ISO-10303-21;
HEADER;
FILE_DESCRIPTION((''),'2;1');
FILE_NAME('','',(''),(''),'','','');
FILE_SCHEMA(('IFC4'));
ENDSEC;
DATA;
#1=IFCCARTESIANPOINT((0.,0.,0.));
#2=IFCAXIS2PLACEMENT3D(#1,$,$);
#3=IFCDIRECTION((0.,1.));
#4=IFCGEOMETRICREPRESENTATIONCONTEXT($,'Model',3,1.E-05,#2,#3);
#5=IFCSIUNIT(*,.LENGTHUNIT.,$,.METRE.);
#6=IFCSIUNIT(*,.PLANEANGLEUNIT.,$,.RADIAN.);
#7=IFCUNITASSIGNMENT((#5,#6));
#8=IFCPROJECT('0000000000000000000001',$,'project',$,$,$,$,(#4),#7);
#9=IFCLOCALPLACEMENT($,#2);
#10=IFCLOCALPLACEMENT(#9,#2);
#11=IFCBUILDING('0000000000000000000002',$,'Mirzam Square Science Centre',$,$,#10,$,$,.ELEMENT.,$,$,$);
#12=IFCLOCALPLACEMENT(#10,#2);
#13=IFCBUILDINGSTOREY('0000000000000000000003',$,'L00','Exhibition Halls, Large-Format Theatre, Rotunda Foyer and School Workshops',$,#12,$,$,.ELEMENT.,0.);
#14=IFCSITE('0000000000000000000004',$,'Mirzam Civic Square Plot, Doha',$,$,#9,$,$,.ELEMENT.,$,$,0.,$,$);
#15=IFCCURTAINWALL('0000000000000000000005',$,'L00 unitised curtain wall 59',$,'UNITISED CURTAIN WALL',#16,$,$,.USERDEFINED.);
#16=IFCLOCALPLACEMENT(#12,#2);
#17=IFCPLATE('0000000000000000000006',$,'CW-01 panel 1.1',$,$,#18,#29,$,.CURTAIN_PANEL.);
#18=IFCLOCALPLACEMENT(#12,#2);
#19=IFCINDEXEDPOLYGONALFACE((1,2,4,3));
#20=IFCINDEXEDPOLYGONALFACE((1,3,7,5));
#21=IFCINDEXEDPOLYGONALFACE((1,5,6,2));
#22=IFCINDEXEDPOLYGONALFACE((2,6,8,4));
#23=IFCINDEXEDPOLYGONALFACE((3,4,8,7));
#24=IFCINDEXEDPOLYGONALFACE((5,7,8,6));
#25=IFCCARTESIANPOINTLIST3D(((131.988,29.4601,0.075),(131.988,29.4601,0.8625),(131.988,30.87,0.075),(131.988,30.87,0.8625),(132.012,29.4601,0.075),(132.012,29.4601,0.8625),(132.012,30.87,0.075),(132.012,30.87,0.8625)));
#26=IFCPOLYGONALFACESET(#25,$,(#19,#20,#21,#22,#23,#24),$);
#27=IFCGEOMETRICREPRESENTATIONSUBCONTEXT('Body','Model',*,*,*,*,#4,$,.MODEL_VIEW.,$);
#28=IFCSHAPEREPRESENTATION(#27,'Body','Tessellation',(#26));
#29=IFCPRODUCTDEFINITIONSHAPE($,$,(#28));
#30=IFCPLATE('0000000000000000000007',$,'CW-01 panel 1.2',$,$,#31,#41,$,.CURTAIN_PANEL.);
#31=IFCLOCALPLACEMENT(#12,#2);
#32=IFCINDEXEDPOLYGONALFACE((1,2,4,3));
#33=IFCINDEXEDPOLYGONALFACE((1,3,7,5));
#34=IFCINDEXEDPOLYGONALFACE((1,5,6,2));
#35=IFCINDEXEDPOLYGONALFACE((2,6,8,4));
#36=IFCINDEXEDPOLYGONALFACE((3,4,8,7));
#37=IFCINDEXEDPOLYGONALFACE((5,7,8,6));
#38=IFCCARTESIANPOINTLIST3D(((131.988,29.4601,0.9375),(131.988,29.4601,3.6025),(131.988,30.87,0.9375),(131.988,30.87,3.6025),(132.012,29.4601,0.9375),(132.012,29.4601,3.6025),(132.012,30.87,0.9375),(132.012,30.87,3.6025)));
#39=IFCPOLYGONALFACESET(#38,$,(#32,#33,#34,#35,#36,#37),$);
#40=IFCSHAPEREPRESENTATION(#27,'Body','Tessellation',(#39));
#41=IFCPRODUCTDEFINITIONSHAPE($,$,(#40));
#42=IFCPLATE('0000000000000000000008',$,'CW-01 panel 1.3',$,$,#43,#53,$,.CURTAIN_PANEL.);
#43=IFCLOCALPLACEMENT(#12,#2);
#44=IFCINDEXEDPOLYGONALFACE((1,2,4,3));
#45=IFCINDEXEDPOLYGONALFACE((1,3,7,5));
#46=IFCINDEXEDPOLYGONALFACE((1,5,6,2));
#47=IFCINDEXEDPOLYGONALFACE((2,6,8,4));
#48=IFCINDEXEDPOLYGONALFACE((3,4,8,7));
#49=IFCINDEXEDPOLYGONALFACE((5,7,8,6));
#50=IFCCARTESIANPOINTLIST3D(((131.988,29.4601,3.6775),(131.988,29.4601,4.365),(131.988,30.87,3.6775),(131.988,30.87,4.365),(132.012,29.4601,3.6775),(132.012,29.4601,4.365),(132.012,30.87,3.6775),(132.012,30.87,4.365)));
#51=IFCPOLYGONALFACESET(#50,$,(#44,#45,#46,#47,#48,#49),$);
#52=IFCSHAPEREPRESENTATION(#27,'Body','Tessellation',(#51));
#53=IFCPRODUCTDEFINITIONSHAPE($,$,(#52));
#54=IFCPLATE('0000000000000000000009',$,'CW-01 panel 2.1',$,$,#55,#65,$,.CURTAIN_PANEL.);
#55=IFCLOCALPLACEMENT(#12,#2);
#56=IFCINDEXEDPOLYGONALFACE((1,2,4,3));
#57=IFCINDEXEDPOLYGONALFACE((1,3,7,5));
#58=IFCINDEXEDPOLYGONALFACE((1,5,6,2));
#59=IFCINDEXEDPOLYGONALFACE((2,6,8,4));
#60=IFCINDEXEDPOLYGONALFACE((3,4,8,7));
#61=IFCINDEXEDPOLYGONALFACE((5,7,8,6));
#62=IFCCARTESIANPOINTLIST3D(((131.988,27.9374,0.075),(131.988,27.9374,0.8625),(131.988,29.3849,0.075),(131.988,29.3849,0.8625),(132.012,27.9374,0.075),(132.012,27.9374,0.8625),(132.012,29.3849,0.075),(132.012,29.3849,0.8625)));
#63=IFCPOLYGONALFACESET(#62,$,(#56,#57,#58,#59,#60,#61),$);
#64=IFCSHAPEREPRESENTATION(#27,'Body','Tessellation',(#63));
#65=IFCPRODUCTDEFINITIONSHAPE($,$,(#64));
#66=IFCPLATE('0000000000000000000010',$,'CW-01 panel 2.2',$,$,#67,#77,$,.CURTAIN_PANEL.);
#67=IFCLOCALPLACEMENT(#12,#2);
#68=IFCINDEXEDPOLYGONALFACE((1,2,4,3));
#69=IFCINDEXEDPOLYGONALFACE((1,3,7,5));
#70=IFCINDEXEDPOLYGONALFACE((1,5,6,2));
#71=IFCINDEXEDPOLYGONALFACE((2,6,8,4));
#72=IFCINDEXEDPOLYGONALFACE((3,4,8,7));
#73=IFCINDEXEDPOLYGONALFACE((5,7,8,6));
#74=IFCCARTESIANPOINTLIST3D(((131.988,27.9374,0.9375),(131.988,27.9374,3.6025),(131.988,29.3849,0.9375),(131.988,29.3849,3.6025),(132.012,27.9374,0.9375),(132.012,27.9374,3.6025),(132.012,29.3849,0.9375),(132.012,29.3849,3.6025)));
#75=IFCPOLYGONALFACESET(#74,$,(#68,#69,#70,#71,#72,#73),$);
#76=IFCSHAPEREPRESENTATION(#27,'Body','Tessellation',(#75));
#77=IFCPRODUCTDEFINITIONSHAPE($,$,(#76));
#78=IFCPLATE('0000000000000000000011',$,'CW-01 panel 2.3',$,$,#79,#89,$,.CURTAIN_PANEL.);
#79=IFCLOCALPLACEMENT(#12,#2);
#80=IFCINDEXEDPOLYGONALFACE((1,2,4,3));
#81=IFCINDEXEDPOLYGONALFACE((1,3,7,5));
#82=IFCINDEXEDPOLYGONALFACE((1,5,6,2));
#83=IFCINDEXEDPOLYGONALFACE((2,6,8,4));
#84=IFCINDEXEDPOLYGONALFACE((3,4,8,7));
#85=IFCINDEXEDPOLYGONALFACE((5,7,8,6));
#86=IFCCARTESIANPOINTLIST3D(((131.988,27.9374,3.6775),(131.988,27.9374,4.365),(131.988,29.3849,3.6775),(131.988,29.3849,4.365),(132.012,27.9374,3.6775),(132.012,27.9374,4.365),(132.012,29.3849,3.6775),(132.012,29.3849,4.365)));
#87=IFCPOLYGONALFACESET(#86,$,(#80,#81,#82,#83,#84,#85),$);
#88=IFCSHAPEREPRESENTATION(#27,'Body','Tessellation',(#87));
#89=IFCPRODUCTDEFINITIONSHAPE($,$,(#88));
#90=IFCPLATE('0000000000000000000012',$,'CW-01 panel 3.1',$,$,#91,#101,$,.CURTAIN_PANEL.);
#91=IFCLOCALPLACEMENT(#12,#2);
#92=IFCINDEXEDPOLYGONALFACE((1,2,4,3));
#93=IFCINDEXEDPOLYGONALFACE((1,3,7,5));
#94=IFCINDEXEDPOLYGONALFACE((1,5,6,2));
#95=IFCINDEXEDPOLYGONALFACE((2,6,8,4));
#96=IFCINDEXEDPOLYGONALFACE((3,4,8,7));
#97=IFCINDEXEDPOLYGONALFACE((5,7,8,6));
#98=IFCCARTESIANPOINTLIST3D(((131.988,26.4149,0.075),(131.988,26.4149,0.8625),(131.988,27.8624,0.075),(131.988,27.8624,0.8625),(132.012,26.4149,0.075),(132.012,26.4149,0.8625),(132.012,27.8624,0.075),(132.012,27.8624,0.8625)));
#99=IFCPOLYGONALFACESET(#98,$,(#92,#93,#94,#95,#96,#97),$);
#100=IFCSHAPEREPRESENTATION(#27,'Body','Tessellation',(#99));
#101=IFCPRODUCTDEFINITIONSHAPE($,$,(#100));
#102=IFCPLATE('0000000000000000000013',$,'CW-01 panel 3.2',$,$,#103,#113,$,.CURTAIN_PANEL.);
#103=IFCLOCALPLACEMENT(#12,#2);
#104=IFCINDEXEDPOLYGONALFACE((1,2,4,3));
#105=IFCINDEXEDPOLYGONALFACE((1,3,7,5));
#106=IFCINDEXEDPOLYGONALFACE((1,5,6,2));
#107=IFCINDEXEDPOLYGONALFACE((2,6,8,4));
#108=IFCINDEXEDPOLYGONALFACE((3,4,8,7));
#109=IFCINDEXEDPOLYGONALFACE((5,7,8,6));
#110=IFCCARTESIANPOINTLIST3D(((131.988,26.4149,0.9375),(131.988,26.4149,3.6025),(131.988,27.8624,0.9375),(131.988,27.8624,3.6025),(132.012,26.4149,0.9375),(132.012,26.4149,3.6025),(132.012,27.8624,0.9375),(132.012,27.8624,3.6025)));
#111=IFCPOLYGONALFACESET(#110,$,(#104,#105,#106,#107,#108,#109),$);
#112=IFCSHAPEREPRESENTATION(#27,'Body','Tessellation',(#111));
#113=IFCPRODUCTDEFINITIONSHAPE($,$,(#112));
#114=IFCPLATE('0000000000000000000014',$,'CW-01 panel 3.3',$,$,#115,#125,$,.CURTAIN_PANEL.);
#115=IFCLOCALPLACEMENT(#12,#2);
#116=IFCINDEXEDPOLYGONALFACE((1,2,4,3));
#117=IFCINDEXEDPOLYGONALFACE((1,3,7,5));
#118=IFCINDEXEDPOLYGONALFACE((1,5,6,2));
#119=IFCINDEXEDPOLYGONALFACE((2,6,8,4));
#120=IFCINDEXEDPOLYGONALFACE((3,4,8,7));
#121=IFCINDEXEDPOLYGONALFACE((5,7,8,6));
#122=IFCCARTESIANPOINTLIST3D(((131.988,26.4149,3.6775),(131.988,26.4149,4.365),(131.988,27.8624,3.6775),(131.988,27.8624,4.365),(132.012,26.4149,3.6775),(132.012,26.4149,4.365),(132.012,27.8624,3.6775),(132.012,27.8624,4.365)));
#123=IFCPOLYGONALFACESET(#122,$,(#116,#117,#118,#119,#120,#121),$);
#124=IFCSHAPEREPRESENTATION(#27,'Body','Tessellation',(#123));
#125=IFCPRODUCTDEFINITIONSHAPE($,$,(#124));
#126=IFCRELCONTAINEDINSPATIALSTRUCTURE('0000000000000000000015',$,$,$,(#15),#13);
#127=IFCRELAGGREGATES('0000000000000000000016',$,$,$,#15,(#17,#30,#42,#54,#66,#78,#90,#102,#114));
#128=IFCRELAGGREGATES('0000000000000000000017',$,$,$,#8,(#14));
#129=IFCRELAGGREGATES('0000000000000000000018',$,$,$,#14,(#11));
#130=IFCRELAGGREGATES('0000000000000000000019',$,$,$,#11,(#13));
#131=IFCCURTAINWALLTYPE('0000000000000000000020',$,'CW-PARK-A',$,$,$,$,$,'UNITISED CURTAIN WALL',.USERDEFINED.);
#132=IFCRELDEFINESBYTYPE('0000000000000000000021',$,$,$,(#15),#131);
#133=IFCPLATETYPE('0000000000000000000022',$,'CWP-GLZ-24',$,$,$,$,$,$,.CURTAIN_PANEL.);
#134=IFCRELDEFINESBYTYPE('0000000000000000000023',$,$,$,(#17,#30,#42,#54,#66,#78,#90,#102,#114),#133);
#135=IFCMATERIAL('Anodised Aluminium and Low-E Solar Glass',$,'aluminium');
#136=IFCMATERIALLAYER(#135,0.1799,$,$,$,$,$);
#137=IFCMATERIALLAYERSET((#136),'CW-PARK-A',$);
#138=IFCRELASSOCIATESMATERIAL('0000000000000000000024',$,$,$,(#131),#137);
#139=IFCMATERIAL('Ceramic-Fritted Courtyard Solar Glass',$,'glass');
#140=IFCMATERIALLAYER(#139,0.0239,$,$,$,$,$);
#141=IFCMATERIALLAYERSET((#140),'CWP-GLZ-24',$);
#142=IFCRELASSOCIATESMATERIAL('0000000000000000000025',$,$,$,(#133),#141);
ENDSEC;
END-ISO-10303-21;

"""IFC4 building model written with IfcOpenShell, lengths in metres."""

from ifc_helpers import new_model, si_unit, direction, frame, origin, origin_2d, place, context, subcontext, project, spatial, rectangle, extrude, material, layer, layer_set, type_object, element, aggregate, save


model = new_model("IFC4")

# Units and contexts
model_context = context("Model", 3, precision=1e-05, world=origin(), true_north=direction((0.0, 1.0)))
body_context = subcontext(model_context, "Body", "Model", "MODEL_VIEW")
ifc_project = project(units=[si_unit("LENGTHUNIT", "METRE"), si_unit("PLANEANGLEUNIT", "RADIAN")], contexts=[model_context])

# Site, building, storey
site_placement = place(None, origin())
site = spatial("IfcSite", under=ifc_project, at=site_placement, Name="Mirzam Civic Square Plot, Doha", CompositionType="ELEMENT", RefElevation=0.0)
building_placement = place(site_placement, origin())
building = spatial("IfcBuilding", under=site, at=building_placement, Name="Mirzam Square Science Centre", CompositionType="ELEMENT")
storey_placement = place(building_placement, origin())
storey = spatial("IfcBuildingStorey", under=building, at=storey_placement, Name="L00", Description="Exhibition Halls, Large-Format Theatre, Rotunda Foyer and School Workshops", CompositionType="ELEMENT", Elevation=0.0)

# Curtain wall, plates
ifc_material_1 = material(Name="Anodised Aluminium and Low-E Solar Glass", Category="aluminium")
ifc_layer_1 = layer(ifc_material_1, 0.1799)
ifc_layer_set_1 = layer_set([ifc_layer_1], Name="CW-PARK-A")
curtain_wall_type = type_object("IfcCurtainWallType", Name="CW-PARK-A", ElementType="UNITISED CURTAIN WALL", PredefinedType="USERDEFINED", material=ifc_layer_set_1)
curtain_wall_placement = place(storey_placement, origin())
curtain_wall = element("IfcCurtainWall", 1, at=curtain_wall_placement, inside=storey, type_object=curtain_wall_type, Name="L00 unitised curtain wall 59", ObjectType="UNITISED CURTAIN WALL", PredefinedType="USERDEFINED")
ifc_material_2 = material(Name="Ceramic-Fritted Courtyard Solar Glass", Category="glass")
ifc_layer_2 = layer(ifc_material_2, 0.0239)
ifc_layer_set_2 = layer_set([ifc_layer_2], Name="CWP-GLZ-24")
plate_type = type_object("IfcPlateType", Name="CWP-GLZ-24", PredefinedType="CURTAIN_PANEL", material=ifc_layer_set_2)
plate_1_placement = place(storey_placement, frame((132.0, 30.165, 0.075), z_axis=(0.0, 0.0, 1.0), x_axis=(0.0, -1.0, 0.0)))
plate_1 = element("IfcPlate", 2, at=plate_1_placement, type_object=plate_type, Name="CW-01 panel 1.1", PredefinedType="CURTAIN_PANEL", context=body_context, shape_type="SweptSolid", body=[
    extrude(rectangle(XDim=1.4099, YDim=0.0239, at=origin_2d()), origin(), (0.0, 0.0, 1.0), 0.7876),
])
plate_2_placement = place(storey_placement, frame((132.0, 30.165, 0.9375), z_axis=(0.0, 0.0, 1.0), x_axis=(0.0, -1.0, 0.0)))
plate_2 = element("IfcPlate", 3, at=plate_2_placement, type_object=plate_type, Name="CW-01 panel 1.2", PredefinedType="CURTAIN_PANEL", context=body_context, shape_type="SweptSolid", body=[
    extrude(rectangle(XDim=1.4099, YDim=0.0239, at=origin_2d()), origin(), (0.0, 0.0, 1.0), 2.665),
])
plate_3_placement = place(storey_placement, frame((132.0, 30.165, 3.6775), z_axis=(0.0, 0.0, 1.0), x_axis=(0.0, -1.0, 0.0)))
plate_3 = element("IfcPlate", 4, at=plate_3_placement, type_object=plate_type, Name="CW-01 panel 1.3", PredefinedType="CURTAIN_PANEL", context=body_context, shape_type="SweptSolid", body=[
    extrude(rectangle(XDim=1.4099, YDim=0.0239, at=origin_2d()), origin(), (0.0, 0.0, 1.0), 0.6875),
])
plate_4_placement = place(storey_placement, frame((132.0, 28.6611, 0.075), z_axis=(0.0, 0.0, 1.0), x_axis=(0.0, -1.0, 0.0)))
plate_4 = element("IfcPlate", 5, at=plate_4_placement, type_object=plate_type, Name="CW-01 panel 2.1", PredefinedType="CURTAIN_PANEL", context=body_context, shape_type="SweptSolid", body=[
    extrude(rectangle(XDim=1.4475, YDim=0.0239, at=origin_2d()), origin(), (0.0, 0.0, 1.0), 0.7876),
])
plate_5_placement = place(storey_placement, frame((132.0, 28.6611, 0.9375), z_axis=(0.0, 0.0, 1.0), x_axis=(0.0, -1.0, 0.0)))
plate_5 = element("IfcPlate", 6, at=plate_5_placement, type_object=plate_type, Name="CW-01 panel 2.2", PredefinedType="CURTAIN_PANEL", context=body_context, shape_type="SweptSolid", body=[
    extrude(rectangle(XDim=1.4475, YDim=0.0239, at=origin_2d()), origin(), (0.0, 0.0, 1.0), 2.665),
])
plate_6_placement = place(storey_placement, frame((132.0, 28.6611, 3.6775), z_axis=(0.0, 0.0, 1.0), x_axis=(0.0, -1.0, 0.0)))
plate_6 = element("IfcPlate", 7, at=plate_6_placement, type_object=plate_type, Name="CW-01 panel 2.3", PredefinedType="CURTAIN_PANEL", context=body_context, shape_type="SweptSolid", body=[
    extrude(rectangle(XDim=1.4475, YDim=0.0239, at=origin_2d()), origin(), (0.0, 0.0, 1.0), 0.6875),
])
plate_7_placement = place(storey_placement, frame((132.0, 27.1387, 0.075), z_axis=(0.0, 0.0, 1.0), x_axis=(0.0, -1.0, 0.0)))
plate_7 = element("IfcPlate", 8, at=plate_7_placement, type_object=plate_type, Name="CW-01 panel 3.1", PredefinedType="CURTAIN_PANEL", context=body_context, shape_type="SweptSolid", body=[
    extrude(rectangle(XDim=1.4475, YDim=0.0239, at=origin_2d()), origin(), (0.0, 0.0, 1.0), 0.7876),
])
plate_8_placement = place(storey_placement, frame((132.0, 27.1387, 0.9375), z_axis=(0.0, 0.0, 1.0), x_axis=(0.0, -1.0, 0.0)))
plate_8 = element("IfcPlate", 9, at=plate_8_placement, type_object=plate_type, Name="CW-01 panel 3.2", PredefinedType="CURTAIN_PANEL", context=body_context, shape_type="SweptSolid", body=[
    extrude(rectangle(XDim=1.4475, YDim=0.0239, at=origin_2d()), origin(), (0.0, 0.0, 1.0), 2.665),
])
plate_9_placement = place(storey_placement, frame((132.0, 27.1387, 3.6775), z_axis=(0.0, 0.0, 1.0), x_axis=(0.0, -1.0, 0.0)))
plate_9 = element("IfcPlate", 10, at=plate_9_placement, type_object=plate_type, Name="CW-01 panel 3.3", PredefinedType="CURTAIN_PANEL", context=body_context, shape_type="SweptSolid", body=[
    extrude(rectangle(XDim=1.4475, YDim=0.0239, at=origin_2d()), origin(), (0.0, 0.0, 1.0), 0.6875),
])
aggregate(curtain_wall, [plate_1, plate_2, plate_3, plate_4, plate_5, plate_6, plate_7, plate_8, plate_9])

save(model, "model.ifc")
